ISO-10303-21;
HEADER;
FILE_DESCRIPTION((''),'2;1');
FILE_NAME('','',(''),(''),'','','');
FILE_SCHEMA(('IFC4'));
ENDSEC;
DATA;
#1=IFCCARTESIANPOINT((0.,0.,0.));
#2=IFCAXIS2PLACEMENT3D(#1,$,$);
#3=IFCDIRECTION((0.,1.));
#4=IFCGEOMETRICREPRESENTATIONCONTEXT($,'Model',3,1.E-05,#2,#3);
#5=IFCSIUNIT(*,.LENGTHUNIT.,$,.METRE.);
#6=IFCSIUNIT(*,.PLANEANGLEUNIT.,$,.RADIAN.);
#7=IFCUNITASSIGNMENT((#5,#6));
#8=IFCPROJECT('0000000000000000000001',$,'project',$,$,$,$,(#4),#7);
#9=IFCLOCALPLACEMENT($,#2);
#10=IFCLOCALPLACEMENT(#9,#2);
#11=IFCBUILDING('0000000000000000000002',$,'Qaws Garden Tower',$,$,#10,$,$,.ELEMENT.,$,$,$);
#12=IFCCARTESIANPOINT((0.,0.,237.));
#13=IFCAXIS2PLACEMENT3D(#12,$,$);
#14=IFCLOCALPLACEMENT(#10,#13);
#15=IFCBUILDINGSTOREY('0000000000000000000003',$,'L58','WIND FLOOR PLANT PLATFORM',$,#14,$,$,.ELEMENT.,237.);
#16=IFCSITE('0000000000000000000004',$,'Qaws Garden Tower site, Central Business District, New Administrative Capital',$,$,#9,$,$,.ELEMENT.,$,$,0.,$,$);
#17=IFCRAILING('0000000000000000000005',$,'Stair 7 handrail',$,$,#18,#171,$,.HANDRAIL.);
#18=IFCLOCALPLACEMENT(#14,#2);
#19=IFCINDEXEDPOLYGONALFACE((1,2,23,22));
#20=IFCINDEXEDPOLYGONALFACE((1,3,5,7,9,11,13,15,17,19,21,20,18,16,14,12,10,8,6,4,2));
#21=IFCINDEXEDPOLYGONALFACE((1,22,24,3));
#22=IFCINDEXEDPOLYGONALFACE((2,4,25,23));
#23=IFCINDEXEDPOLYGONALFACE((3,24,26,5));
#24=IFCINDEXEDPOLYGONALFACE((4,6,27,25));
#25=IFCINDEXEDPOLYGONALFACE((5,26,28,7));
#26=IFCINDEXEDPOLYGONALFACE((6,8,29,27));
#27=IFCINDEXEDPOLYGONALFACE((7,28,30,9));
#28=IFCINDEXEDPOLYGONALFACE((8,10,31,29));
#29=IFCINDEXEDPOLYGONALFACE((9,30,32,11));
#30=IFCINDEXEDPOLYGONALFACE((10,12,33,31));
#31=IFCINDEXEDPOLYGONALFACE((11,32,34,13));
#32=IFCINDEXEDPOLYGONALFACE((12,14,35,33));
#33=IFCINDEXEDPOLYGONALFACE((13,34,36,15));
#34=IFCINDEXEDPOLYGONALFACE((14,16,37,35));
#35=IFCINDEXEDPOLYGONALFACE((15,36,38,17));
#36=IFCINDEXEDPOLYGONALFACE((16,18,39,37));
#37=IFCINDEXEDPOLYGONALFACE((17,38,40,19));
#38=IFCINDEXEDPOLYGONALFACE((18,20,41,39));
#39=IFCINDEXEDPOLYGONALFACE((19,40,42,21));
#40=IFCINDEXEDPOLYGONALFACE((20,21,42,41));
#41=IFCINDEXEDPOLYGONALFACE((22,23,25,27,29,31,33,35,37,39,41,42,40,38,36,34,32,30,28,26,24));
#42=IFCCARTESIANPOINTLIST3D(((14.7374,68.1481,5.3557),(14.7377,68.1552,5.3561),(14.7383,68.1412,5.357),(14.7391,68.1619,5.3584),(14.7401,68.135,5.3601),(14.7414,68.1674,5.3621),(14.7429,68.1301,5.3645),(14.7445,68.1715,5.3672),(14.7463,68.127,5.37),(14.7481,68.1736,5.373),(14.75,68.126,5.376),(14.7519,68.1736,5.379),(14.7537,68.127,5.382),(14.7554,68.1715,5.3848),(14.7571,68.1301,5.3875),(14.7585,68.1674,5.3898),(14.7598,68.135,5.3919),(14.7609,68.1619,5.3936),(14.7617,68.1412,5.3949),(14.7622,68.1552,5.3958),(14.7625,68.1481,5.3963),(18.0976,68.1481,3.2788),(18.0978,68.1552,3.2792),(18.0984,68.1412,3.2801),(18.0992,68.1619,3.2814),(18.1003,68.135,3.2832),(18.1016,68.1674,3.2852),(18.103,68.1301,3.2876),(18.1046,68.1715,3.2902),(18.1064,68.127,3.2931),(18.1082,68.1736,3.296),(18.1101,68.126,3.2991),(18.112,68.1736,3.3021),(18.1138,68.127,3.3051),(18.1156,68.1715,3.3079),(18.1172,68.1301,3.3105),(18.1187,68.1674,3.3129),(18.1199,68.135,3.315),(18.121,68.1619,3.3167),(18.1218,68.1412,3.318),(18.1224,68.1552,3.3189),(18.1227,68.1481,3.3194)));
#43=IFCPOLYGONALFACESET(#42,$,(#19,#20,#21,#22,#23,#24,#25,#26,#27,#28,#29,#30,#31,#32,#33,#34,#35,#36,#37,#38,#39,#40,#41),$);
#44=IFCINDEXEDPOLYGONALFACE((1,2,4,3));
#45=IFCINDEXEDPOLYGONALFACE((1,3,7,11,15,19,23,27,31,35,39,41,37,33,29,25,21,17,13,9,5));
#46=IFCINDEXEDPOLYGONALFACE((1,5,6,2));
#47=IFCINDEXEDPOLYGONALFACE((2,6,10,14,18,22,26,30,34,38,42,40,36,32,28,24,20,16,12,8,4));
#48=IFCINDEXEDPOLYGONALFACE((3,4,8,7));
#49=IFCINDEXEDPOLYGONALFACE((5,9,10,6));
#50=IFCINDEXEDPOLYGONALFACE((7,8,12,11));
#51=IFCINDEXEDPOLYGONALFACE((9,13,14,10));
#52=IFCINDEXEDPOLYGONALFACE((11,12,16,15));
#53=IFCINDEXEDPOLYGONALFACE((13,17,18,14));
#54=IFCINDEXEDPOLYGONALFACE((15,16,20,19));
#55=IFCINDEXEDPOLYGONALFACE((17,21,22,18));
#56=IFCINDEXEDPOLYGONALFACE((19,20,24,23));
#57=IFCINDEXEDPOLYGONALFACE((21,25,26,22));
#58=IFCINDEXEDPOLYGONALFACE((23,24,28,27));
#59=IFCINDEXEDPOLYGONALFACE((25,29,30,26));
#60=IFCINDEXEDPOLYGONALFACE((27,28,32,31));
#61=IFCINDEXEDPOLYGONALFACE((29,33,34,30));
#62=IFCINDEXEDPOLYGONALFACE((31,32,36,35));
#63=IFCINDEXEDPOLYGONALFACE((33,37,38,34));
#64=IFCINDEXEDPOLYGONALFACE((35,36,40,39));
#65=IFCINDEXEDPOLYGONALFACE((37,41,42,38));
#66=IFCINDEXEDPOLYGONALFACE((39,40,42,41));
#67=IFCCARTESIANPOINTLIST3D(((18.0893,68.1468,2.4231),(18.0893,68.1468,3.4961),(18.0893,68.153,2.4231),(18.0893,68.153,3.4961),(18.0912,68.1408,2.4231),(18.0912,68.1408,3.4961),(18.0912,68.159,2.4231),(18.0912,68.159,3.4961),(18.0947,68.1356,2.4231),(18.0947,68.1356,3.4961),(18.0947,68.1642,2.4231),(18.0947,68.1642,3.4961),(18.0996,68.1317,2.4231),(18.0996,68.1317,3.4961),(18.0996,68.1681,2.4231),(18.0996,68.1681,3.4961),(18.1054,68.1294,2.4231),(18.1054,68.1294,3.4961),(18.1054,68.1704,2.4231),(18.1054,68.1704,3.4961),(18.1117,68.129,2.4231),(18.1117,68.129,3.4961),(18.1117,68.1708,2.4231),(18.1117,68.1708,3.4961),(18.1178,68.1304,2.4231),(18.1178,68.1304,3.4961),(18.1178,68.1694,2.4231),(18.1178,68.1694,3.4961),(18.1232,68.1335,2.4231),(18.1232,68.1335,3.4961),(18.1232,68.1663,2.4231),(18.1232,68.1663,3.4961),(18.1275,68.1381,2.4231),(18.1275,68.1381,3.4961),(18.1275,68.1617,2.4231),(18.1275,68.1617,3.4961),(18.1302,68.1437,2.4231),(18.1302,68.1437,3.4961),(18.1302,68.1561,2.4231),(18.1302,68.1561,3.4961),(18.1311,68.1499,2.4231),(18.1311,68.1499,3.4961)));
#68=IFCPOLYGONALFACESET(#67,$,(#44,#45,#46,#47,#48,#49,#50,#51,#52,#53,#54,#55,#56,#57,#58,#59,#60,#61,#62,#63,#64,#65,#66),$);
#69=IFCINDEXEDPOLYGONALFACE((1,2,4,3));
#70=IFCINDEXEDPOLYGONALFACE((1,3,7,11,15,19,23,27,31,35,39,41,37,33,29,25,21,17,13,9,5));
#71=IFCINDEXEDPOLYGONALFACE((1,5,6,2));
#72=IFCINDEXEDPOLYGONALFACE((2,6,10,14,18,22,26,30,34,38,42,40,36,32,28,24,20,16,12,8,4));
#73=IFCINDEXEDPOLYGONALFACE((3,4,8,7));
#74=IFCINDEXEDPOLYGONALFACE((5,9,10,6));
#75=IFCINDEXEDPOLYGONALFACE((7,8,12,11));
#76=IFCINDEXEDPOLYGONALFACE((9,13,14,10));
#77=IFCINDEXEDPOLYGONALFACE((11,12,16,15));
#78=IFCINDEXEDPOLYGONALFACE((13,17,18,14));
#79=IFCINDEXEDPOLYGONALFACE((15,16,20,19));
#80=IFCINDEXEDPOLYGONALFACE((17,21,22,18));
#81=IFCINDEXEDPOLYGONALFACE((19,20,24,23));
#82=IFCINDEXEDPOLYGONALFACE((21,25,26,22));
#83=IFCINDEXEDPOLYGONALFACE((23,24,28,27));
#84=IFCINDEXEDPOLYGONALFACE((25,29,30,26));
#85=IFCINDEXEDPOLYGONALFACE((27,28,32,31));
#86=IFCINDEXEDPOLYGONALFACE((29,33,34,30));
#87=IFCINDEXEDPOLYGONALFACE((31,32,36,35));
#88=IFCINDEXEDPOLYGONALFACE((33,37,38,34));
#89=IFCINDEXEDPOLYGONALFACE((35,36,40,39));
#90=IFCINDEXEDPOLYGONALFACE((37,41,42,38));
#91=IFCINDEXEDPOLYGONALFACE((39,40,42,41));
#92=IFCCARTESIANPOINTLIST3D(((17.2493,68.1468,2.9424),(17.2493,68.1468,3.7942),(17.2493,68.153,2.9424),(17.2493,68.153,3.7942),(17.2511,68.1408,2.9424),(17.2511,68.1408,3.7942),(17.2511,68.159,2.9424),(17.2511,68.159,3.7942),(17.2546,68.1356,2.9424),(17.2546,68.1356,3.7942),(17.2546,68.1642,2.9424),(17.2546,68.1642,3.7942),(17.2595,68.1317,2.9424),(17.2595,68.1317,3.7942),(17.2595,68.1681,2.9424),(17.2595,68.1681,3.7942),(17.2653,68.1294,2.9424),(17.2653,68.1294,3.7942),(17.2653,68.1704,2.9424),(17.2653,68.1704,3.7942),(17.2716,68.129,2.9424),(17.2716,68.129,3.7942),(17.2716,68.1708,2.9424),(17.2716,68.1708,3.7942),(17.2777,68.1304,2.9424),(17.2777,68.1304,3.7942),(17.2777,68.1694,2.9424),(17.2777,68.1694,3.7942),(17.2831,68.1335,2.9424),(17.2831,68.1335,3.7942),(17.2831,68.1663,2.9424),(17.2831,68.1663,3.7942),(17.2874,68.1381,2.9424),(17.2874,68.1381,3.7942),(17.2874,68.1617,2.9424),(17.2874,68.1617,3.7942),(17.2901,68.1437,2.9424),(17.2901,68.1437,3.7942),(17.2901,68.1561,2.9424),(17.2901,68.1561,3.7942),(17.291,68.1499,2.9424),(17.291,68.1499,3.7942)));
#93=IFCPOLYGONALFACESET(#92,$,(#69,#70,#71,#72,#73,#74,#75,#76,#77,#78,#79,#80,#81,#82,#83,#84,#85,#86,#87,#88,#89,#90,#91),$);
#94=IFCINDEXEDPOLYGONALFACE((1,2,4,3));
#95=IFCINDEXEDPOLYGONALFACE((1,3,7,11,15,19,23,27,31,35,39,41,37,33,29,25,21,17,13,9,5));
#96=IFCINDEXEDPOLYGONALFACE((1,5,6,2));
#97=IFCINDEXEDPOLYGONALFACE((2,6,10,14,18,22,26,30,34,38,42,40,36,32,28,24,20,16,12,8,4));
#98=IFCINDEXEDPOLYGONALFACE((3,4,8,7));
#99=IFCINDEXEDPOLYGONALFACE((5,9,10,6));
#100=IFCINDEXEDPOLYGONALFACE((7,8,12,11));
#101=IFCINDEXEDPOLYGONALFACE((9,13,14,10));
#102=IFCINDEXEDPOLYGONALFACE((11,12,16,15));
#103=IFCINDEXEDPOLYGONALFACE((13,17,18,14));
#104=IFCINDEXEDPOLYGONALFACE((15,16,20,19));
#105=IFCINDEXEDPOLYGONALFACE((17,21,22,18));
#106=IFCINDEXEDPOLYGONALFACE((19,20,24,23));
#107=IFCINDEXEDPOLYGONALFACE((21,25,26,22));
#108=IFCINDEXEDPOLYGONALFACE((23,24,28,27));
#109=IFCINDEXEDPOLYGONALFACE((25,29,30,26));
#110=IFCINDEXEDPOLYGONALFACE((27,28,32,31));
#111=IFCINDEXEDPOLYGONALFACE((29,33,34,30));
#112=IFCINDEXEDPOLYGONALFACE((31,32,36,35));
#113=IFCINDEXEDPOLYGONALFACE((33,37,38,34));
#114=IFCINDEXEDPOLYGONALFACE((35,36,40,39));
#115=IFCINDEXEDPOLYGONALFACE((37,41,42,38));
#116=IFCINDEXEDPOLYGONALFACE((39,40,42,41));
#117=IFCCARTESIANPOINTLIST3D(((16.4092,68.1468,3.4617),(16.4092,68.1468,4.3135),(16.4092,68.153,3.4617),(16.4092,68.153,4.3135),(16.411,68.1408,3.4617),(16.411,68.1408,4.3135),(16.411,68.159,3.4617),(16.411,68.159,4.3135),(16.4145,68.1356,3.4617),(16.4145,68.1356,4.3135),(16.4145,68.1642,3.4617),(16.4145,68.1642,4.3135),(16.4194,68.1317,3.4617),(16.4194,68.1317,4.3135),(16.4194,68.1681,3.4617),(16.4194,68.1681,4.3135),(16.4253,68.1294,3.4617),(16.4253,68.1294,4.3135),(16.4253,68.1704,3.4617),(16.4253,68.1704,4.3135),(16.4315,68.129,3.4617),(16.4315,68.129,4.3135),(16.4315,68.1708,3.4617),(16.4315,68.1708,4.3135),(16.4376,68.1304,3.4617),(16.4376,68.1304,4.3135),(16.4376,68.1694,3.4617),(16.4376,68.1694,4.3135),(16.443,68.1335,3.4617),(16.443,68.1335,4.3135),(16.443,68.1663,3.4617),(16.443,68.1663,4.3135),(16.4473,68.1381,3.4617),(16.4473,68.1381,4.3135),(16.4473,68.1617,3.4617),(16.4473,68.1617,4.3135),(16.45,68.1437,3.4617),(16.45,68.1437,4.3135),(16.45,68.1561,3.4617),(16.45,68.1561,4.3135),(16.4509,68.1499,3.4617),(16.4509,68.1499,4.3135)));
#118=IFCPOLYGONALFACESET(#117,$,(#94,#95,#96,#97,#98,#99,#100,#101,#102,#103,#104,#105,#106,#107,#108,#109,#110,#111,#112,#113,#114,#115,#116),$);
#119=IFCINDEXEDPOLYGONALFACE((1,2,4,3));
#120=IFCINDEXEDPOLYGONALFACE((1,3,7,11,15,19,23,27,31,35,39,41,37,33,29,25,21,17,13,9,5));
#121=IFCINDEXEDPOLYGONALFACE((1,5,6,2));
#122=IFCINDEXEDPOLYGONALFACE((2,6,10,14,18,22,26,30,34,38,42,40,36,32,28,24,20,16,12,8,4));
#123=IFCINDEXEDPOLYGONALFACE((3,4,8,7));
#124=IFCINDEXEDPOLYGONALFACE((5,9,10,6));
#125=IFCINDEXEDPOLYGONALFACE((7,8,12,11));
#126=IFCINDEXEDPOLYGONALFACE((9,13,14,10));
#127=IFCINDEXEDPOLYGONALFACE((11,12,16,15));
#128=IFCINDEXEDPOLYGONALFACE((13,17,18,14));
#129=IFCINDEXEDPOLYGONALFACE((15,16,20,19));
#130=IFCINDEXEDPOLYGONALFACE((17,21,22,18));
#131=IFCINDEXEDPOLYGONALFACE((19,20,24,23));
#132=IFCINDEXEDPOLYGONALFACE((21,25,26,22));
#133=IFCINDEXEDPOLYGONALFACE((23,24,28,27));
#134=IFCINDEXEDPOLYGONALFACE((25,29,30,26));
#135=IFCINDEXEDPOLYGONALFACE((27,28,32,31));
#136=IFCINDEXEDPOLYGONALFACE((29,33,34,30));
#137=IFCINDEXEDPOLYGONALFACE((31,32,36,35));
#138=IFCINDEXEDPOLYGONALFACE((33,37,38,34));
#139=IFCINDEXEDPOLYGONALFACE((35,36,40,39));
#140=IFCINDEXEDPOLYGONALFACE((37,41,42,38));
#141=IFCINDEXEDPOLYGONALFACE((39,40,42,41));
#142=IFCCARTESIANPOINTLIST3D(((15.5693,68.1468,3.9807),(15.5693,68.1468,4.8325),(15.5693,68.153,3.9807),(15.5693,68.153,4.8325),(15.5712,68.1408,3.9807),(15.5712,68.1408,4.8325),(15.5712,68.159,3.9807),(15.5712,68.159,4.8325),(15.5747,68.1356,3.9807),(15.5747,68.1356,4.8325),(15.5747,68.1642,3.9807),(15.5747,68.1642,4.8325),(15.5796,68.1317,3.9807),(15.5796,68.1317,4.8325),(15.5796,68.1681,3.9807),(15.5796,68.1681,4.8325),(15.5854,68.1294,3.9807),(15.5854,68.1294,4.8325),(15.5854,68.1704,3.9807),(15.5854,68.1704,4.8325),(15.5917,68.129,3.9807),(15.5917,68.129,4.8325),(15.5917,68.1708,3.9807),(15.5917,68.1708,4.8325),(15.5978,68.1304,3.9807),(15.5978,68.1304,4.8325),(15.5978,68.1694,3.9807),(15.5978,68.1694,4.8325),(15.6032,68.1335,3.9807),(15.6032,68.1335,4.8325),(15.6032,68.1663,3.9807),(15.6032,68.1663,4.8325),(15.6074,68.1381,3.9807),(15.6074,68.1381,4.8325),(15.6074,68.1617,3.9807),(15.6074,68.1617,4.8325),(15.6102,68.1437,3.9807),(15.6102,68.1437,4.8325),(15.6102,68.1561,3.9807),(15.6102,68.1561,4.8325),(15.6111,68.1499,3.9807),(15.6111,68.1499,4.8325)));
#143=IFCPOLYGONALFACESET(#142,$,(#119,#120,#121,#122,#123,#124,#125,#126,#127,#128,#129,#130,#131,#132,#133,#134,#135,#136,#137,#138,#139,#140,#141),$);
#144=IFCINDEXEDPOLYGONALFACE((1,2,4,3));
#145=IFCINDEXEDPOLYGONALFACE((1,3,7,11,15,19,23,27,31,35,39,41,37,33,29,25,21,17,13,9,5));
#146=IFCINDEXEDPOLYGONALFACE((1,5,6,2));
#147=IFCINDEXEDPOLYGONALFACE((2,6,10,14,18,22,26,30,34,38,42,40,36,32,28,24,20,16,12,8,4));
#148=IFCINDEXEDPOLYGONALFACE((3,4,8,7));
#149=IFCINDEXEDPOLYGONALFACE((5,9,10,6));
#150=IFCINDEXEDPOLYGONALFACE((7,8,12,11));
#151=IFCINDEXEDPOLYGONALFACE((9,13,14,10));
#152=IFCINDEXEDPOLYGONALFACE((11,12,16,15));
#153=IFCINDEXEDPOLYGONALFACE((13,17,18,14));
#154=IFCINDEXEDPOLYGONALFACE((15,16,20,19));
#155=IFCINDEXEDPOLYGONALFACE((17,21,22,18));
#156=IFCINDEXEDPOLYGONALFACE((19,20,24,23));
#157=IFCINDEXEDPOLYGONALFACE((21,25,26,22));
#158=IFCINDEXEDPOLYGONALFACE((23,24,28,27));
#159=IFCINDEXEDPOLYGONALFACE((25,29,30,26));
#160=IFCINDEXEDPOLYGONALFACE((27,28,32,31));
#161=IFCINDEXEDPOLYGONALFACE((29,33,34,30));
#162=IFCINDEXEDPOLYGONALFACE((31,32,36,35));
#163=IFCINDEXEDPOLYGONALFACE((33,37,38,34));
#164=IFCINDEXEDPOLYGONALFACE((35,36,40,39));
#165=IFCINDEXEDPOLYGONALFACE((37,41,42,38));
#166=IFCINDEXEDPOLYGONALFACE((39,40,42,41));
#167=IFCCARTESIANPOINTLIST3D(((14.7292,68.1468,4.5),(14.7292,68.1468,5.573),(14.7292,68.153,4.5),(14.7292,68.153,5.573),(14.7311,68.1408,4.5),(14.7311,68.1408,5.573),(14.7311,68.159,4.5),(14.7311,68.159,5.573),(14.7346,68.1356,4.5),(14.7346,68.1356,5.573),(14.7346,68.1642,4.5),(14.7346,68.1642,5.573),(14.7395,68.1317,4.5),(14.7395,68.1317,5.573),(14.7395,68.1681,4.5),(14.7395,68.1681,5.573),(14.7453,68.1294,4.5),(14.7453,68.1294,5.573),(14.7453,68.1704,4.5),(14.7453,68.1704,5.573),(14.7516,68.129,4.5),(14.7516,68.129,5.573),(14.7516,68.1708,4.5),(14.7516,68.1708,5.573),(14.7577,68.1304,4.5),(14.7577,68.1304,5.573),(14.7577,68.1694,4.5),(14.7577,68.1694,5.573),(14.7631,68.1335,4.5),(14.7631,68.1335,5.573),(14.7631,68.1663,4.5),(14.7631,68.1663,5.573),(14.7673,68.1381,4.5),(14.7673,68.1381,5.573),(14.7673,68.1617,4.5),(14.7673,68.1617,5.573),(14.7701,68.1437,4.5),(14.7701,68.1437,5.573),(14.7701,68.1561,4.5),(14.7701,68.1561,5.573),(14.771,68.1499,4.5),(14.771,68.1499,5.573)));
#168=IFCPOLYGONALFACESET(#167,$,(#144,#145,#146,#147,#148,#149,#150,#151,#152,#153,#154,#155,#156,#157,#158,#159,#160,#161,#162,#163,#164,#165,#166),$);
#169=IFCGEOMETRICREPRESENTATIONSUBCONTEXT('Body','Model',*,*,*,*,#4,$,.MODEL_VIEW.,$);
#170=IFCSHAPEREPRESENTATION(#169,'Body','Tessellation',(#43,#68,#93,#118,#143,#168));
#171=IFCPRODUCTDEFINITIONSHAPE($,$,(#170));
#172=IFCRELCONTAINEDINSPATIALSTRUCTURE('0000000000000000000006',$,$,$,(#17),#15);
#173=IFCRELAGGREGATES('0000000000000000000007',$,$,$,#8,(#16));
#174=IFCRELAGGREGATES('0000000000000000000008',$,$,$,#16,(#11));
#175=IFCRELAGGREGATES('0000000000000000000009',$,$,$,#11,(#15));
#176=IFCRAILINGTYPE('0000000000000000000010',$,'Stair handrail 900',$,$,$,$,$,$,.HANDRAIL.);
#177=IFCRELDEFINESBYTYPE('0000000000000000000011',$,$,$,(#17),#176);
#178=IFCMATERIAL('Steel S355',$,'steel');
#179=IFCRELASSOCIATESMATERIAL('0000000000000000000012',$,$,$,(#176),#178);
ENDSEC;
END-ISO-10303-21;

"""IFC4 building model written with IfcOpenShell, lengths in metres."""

from ifc_helpers import new_model, si_unit, direction, frame, origin, origin_2d, place, context, subcontext, project, spatial, circle, extrude, material, type_object, element, save


model = new_model("IFC4")

# Units and contexts
model_context = context("Model", 3, precision=1e-05, world=origin(), true_north=direction((0.0, 1.0)))
body_context = subcontext(model_context, "Body", "Model", "MODEL_VIEW")
ifc_project = project(units=[si_unit("LENGTHUNIT", "METRE"), si_unit("PLANEANGLEUNIT", "RADIAN")], contexts=[model_context])

# Site, building, storey
site_placement = place(None, origin())
site = spatial("IfcSite", under=ifc_project, at=site_placement, Name="Qaws Garden Tower site, Central Business District, New Administrative Capital", CompositionType="ELEMENT", RefElevation=0.0)
building_placement = place(site_placement, origin())
building = spatial("IfcBuilding", under=site, at=building_placement, Name="Qaws Garden Tower", CompositionType="ELEMENT")
storey_placement = place(building_placement, frame((0.0, 0.0, 237.0)))
storey = spatial("IfcBuildingStorey", under=building, at=storey_placement, Name="L58", Description="WIND FLOOR PLANT PLATFORM", CompositionType="ELEMENT", Elevation=237.0)

# Railing
ifc_material_1 = material(Name="Steel S355", Category="steel")
railing_type_1 = type_object("IfcRailingType", Name="Stair handrail 900", PredefinedType="HANDRAIL", material=ifc_material_1)
for number, where, name in (
    (1, (18.1101, 68.1499, 2.4231), "Stair 7 handrail"),
):
    element("IfcRailing", number, at=place(storey_placement, frame(where)), inside=storey, type_object=railing_type_1, Name=name, PredefinedType="HANDRAIL", context=body_context, shape_type="SweptSolid", body=[
        extrude(circle(Radius=0.0239, at=origin_2d()), frame((0.0, 0.0, 0.876), z_axis=(-0.850623, 0.0, 0.525776), x_axis=(0.0, -1.0, 0.0)), (0.0, 0.0, 1.0), 3.9502),
        extrude(circle(Radius=0.021, at=origin_2d()), origin(), (0.0, 0.0, 1.0), 1.073),
        extrude(circle(Radius=0.021, at=origin_2d()), frame((-0.8401, 0.0, 0.5193)), (0.0, 0.0, 1.0), 0.8518),
        extrude(circle(Radius=0.021, at=origin_2d()), frame((-1.6802, 0.0, 1.0386)), (0.0, 0.0, 1.0), 0.8518),
        extrude(circle(Radius=0.021, at=origin_2d()), frame((-2.52, 0.0, 1.5576)), (0.0, 0.0, 1.0), 0.8518),
        extrude(circle(Radius=0.021, at=origin_2d()), frame((-3.3601, 0.0, 2.0769)), (0.0, 0.0, 1.0), 1.073),
    ])

save(model, "model.ifc")
